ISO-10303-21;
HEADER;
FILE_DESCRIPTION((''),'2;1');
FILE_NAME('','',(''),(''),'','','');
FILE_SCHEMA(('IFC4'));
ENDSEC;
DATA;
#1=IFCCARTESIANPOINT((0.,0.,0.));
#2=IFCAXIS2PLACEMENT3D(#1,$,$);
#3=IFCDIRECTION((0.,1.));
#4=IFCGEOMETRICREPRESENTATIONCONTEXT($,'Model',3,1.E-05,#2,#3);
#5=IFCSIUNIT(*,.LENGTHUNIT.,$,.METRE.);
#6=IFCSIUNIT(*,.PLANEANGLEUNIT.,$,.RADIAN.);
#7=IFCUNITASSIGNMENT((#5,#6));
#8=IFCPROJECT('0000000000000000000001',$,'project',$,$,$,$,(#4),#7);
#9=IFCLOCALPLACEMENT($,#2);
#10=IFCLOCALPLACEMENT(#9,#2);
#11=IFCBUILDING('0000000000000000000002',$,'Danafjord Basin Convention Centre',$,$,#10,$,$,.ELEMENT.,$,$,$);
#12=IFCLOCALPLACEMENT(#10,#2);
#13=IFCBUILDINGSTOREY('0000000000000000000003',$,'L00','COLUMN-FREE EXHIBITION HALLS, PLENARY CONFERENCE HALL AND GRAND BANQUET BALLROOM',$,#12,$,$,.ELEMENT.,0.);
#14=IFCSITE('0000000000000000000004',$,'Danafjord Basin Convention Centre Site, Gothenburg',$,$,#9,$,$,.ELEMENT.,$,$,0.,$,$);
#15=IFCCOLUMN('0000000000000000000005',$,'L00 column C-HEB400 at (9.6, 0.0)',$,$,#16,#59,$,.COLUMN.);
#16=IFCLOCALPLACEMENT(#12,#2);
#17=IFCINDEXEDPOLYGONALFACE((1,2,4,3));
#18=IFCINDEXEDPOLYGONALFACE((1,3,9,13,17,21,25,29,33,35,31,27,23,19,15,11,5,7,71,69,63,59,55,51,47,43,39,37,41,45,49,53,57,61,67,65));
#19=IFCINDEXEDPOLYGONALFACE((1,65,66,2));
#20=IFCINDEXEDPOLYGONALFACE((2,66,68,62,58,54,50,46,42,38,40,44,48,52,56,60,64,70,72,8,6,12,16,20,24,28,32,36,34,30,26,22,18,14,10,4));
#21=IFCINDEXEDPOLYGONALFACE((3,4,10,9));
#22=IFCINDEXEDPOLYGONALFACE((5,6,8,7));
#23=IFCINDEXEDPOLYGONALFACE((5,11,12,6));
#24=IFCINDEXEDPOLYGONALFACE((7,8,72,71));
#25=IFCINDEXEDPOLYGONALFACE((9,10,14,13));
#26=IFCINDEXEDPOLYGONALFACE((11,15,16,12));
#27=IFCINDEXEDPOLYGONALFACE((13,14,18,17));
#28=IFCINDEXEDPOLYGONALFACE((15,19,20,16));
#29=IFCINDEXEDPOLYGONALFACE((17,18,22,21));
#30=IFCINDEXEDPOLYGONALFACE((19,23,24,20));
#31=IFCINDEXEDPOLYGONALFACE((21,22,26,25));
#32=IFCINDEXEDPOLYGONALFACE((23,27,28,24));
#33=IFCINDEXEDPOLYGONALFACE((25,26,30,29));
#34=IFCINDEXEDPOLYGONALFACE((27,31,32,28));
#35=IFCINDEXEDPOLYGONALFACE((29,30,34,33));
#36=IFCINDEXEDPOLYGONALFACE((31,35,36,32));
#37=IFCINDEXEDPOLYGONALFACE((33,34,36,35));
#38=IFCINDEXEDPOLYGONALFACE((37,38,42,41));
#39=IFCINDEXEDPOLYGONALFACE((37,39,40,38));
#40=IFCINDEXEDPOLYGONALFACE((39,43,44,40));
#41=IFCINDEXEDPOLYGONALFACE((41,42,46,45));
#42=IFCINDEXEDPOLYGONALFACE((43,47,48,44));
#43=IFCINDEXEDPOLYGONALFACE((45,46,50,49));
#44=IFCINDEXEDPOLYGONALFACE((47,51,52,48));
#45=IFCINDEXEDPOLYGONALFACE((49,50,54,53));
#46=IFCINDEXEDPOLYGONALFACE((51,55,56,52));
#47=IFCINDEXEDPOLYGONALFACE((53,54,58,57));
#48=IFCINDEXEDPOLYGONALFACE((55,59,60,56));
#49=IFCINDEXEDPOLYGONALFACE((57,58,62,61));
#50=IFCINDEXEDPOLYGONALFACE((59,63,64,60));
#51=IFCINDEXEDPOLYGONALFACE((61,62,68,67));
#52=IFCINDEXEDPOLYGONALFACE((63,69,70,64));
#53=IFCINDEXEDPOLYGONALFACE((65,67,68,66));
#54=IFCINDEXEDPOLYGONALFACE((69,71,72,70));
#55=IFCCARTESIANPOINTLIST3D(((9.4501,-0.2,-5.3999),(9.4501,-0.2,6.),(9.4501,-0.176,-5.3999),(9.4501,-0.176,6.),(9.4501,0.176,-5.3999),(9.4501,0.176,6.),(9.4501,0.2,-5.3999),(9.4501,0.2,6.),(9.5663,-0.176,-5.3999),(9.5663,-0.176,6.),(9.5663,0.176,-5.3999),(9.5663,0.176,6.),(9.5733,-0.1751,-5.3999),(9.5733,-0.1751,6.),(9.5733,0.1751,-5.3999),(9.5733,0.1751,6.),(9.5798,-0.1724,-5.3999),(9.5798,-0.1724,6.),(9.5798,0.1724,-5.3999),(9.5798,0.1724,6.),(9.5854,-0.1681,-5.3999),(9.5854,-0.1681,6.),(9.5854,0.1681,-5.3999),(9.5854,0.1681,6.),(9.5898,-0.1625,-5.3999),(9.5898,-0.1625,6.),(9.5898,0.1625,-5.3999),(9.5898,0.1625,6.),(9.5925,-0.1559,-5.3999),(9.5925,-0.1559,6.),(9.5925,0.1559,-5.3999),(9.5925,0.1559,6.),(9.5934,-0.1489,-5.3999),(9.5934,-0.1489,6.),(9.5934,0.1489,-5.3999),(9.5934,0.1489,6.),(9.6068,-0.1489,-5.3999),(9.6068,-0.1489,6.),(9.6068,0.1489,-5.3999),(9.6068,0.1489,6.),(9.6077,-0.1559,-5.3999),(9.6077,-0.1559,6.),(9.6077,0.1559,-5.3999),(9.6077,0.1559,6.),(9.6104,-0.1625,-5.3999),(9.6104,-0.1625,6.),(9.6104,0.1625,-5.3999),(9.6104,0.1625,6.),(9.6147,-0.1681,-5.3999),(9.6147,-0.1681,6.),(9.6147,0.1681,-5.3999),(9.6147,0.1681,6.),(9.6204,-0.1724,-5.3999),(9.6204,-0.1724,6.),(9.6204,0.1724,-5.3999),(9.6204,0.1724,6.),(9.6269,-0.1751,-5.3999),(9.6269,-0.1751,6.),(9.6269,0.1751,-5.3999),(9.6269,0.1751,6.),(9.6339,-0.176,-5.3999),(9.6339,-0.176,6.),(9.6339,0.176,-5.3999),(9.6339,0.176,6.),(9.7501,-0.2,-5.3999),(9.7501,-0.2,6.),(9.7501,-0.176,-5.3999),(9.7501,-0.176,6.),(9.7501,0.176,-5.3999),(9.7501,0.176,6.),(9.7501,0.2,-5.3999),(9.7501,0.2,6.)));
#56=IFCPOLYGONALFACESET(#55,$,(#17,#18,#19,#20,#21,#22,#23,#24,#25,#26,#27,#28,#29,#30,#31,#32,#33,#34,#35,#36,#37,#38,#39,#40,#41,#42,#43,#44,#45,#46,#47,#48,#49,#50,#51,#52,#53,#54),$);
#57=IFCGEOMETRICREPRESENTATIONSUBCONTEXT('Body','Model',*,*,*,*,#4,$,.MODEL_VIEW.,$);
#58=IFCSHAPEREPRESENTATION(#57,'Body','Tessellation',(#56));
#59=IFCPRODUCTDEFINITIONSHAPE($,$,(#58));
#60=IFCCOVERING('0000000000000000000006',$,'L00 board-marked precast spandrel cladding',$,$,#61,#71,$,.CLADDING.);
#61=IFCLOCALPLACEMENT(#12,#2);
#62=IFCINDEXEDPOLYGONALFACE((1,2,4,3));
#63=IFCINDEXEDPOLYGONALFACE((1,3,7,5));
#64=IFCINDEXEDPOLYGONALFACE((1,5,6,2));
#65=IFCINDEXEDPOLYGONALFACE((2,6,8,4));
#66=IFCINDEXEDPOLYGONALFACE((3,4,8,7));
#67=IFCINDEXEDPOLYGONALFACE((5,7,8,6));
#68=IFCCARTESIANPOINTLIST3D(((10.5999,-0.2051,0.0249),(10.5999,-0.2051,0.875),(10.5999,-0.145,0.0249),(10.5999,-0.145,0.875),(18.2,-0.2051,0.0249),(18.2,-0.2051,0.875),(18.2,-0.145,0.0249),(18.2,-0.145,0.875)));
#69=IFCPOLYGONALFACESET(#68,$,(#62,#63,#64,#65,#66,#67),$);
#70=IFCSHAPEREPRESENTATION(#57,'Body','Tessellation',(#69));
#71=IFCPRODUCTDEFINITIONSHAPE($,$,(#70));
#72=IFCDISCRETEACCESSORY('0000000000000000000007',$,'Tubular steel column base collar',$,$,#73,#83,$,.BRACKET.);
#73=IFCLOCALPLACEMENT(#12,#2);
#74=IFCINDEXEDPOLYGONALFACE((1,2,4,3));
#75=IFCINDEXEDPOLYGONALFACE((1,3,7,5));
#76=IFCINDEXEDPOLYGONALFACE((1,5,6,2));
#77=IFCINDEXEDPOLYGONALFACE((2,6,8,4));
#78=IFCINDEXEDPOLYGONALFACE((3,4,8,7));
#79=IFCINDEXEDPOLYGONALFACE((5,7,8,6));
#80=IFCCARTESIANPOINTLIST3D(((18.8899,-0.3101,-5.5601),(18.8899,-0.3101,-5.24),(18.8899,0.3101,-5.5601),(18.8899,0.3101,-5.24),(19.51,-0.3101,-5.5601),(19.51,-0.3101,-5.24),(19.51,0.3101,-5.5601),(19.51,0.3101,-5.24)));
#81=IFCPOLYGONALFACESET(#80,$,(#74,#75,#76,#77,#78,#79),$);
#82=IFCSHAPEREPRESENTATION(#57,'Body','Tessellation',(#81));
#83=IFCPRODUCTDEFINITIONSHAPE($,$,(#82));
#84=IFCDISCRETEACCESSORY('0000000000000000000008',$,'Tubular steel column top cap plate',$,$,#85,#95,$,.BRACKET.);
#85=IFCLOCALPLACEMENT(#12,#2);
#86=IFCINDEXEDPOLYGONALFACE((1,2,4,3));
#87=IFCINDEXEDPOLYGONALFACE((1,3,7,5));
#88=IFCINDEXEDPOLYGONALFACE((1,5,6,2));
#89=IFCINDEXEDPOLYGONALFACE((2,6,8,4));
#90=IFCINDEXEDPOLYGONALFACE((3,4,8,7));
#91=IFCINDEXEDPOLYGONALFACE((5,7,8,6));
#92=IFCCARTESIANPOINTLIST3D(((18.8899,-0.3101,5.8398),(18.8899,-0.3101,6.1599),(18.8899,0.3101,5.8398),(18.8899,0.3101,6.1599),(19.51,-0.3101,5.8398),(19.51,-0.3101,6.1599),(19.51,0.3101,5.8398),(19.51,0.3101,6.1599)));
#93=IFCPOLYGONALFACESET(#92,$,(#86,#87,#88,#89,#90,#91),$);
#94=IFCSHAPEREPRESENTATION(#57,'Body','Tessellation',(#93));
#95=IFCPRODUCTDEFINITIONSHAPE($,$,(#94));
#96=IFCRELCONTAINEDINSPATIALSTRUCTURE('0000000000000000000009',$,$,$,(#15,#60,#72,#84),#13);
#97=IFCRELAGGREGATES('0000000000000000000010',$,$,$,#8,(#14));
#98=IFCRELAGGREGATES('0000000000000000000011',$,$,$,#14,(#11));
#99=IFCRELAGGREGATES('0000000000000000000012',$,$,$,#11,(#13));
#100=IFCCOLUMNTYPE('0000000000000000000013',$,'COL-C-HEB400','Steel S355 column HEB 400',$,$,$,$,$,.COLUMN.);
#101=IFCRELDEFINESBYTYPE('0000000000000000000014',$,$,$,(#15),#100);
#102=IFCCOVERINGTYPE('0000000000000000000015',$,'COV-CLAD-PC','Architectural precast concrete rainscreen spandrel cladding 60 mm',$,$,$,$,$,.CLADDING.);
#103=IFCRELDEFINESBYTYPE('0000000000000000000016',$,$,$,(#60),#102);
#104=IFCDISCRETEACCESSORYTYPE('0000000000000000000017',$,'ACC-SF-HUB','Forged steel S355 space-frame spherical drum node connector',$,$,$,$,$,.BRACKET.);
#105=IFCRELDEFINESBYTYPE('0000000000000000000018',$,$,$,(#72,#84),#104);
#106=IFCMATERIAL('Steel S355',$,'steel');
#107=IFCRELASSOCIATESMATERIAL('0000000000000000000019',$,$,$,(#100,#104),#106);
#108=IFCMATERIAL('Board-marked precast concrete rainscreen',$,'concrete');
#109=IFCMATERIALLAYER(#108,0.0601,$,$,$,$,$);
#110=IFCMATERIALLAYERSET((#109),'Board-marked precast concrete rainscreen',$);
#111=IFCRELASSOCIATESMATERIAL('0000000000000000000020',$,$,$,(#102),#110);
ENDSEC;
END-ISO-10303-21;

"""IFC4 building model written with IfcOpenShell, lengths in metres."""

from ifc_helpers import new_model, si_unit, direction, frame, origin, origin_2d, place, context, subcontext, project, spatial, rectangle, i_section, extrude, material, layer, layer_set, material_profile, profile_set, type_object, element, save


model = new_model("IFC4")

# Units and contexts
model_context = context("Model", 3, precision=1e-05, world=origin(), true_north=direction((0.0, 1.0)))
body_context = subcontext(model_context, "Body", "Model", "MODEL_VIEW")
ifc_project = project(units=[si_unit("LENGTHUNIT", "METRE"), si_unit("PLANEANGLEUNIT", "RADIAN")], contexts=[model_context])

# Site, building, storey
site_placement = place(None, origin())
site = spatial("IfcSite", under=ifc_project, at=site_placement, Name="Danafjord Basin Convention Centre Site, Gothenburg", CompositionType="ELEMENT", RefElevation=0.0)
building_placement = place(site_placement, origin())
building = spatial("IfcBuilding", under=site, at=building_placement, Name="Danafjord Basin Convention Centre", CompositionType="ELEMENT")
storey_placement = place(building_placement, origin())
storey = spatial("IfcBuildingStorey", under=building, at=storey_placement, Name="L00", Description="COLUMN-FREE EXHIBITION HALLS, PLENARY CONFERENCE HALL AND GRAND BANQUET BALLROOM", CompositionType="ELEMENT", Elevation=0.0)

# Column
ifc_material_1 = material(Name="Steel S355", Category="steel")
ifc_material_profile_1 = material_profile(ifc_material_1, i_section(OverallWidth=0.3, OverallDepth=0.3999, WebThickness=0.0134, FlangeThickness=0.0239, FilletRadius=0.0271, at=origin_2d()), Name="HEB 400")
ifc_profile_set_1 = profile_set([ifc_material_profile_1], Name="Steel S355")
column_type_1 = type_object("IfcColumnType", Name="COL-C-HEB400", Description="Steel S355 column HEB 400", PredefinedType="COLUMN", material=ifc_profile_set_1)
column_1_placement = place(storey_placement, frame((9.6001, 0.0, -5.3999), z_axis=(0.0, 0.0, 1.0), x_axis=(1.0, 0.0, 0.0)))
element("IfcColumn", 1, at=column_1_placement, inside=storey, type_object=column_type_1, Name="L00 column C-HEB400 at (9.6, 0.0)", PredefinedType="COLUMN", context=body_context, shape_type="SweptSolid", body=[
    extrude(i_section(OverallWidth=0.3, OverallDepth=0.3999, WebThickness=0.0134, FlangeThickness=0.0239, FilletRadius=0.0271, at=origin_2d()), origin(), (0.0, 0.0, 1.0), 11.3999),
])

# Covering
ifc_material_2 = material(Name="Board-marked precast concrete rainscreen", Category="concrete")
ifc_layer_1 = layer(ifc_material_2, 0.0601)
ifc_layer_set_1 = layer_set([ifc_layer_1], Name="Board-marked precast concrete rainscreen")
covering_type = type_object("IfcCoveringType", Name="COV-CLAD-PC", Description="Architectural precast concrete rainscreen spandrel cladding 60 mm", PredefinedType="CLADDING", material=ifc_layer_set_1)
covering_placement = place(storey_placement, frame((14.3999, -0.175, 0.0249), z_axis=(0.0, 0.0, 1.0), x_axis=(1.0, 0.0, 0.0)))
element("IfcCovering", 2, at=covering_placement, inside=storey, type_object=covering_type, Name="L00 board-marked precast spandrel cladding", PredefinedType="CLADDING", context=body_context, shape_type="SweptSolid", body=[
    extrude(rectangle(XDim=7.6001, YDim=0.0601, at=origin_2d()), origin(), (0.0, 0.0, 1.0), 0.8501),
])

# Discrete accessories
discrete_accessory_type = type_object("IfcDiscreteAccessoryType", Name="ACC-SF-HUB", Description="Forged steel S355 space-frame spherical drum node connector", PredefinedType="BRACKET", material=ifc_material_1)
for number, where, z_axis, x_axis, name in (
    (3, (19.2, 0.0, -5.5601), (0.0, 0.0, 1.0), (1.0, 0.0, 0.0), "Tubular steel column base collar"),
    (4, (19.2, 0.0, 5.8398), (0.0, 0.0, 1.0), (1.0, 0.0, 0.0), "Tubular steel column top cap plate"),
):
    element("IfcDiscreteAccessory", number, at=place(storey_placement, frame(where, z_axis=z_axis, x_axis=x_axis)), inside=storey, type_object=discrete_accessory_type, Name=name, PredefinedType="BRACKET", context=body_context, shape_type="SweptSolid", body=[
        extrude(rectangle(XDim=0.6201, YDim=0.6201, at=origin_2d()), origin(), (0.0, 0.0, 1.0), 0.3201),
    ])

save(model, "model.ifc")
